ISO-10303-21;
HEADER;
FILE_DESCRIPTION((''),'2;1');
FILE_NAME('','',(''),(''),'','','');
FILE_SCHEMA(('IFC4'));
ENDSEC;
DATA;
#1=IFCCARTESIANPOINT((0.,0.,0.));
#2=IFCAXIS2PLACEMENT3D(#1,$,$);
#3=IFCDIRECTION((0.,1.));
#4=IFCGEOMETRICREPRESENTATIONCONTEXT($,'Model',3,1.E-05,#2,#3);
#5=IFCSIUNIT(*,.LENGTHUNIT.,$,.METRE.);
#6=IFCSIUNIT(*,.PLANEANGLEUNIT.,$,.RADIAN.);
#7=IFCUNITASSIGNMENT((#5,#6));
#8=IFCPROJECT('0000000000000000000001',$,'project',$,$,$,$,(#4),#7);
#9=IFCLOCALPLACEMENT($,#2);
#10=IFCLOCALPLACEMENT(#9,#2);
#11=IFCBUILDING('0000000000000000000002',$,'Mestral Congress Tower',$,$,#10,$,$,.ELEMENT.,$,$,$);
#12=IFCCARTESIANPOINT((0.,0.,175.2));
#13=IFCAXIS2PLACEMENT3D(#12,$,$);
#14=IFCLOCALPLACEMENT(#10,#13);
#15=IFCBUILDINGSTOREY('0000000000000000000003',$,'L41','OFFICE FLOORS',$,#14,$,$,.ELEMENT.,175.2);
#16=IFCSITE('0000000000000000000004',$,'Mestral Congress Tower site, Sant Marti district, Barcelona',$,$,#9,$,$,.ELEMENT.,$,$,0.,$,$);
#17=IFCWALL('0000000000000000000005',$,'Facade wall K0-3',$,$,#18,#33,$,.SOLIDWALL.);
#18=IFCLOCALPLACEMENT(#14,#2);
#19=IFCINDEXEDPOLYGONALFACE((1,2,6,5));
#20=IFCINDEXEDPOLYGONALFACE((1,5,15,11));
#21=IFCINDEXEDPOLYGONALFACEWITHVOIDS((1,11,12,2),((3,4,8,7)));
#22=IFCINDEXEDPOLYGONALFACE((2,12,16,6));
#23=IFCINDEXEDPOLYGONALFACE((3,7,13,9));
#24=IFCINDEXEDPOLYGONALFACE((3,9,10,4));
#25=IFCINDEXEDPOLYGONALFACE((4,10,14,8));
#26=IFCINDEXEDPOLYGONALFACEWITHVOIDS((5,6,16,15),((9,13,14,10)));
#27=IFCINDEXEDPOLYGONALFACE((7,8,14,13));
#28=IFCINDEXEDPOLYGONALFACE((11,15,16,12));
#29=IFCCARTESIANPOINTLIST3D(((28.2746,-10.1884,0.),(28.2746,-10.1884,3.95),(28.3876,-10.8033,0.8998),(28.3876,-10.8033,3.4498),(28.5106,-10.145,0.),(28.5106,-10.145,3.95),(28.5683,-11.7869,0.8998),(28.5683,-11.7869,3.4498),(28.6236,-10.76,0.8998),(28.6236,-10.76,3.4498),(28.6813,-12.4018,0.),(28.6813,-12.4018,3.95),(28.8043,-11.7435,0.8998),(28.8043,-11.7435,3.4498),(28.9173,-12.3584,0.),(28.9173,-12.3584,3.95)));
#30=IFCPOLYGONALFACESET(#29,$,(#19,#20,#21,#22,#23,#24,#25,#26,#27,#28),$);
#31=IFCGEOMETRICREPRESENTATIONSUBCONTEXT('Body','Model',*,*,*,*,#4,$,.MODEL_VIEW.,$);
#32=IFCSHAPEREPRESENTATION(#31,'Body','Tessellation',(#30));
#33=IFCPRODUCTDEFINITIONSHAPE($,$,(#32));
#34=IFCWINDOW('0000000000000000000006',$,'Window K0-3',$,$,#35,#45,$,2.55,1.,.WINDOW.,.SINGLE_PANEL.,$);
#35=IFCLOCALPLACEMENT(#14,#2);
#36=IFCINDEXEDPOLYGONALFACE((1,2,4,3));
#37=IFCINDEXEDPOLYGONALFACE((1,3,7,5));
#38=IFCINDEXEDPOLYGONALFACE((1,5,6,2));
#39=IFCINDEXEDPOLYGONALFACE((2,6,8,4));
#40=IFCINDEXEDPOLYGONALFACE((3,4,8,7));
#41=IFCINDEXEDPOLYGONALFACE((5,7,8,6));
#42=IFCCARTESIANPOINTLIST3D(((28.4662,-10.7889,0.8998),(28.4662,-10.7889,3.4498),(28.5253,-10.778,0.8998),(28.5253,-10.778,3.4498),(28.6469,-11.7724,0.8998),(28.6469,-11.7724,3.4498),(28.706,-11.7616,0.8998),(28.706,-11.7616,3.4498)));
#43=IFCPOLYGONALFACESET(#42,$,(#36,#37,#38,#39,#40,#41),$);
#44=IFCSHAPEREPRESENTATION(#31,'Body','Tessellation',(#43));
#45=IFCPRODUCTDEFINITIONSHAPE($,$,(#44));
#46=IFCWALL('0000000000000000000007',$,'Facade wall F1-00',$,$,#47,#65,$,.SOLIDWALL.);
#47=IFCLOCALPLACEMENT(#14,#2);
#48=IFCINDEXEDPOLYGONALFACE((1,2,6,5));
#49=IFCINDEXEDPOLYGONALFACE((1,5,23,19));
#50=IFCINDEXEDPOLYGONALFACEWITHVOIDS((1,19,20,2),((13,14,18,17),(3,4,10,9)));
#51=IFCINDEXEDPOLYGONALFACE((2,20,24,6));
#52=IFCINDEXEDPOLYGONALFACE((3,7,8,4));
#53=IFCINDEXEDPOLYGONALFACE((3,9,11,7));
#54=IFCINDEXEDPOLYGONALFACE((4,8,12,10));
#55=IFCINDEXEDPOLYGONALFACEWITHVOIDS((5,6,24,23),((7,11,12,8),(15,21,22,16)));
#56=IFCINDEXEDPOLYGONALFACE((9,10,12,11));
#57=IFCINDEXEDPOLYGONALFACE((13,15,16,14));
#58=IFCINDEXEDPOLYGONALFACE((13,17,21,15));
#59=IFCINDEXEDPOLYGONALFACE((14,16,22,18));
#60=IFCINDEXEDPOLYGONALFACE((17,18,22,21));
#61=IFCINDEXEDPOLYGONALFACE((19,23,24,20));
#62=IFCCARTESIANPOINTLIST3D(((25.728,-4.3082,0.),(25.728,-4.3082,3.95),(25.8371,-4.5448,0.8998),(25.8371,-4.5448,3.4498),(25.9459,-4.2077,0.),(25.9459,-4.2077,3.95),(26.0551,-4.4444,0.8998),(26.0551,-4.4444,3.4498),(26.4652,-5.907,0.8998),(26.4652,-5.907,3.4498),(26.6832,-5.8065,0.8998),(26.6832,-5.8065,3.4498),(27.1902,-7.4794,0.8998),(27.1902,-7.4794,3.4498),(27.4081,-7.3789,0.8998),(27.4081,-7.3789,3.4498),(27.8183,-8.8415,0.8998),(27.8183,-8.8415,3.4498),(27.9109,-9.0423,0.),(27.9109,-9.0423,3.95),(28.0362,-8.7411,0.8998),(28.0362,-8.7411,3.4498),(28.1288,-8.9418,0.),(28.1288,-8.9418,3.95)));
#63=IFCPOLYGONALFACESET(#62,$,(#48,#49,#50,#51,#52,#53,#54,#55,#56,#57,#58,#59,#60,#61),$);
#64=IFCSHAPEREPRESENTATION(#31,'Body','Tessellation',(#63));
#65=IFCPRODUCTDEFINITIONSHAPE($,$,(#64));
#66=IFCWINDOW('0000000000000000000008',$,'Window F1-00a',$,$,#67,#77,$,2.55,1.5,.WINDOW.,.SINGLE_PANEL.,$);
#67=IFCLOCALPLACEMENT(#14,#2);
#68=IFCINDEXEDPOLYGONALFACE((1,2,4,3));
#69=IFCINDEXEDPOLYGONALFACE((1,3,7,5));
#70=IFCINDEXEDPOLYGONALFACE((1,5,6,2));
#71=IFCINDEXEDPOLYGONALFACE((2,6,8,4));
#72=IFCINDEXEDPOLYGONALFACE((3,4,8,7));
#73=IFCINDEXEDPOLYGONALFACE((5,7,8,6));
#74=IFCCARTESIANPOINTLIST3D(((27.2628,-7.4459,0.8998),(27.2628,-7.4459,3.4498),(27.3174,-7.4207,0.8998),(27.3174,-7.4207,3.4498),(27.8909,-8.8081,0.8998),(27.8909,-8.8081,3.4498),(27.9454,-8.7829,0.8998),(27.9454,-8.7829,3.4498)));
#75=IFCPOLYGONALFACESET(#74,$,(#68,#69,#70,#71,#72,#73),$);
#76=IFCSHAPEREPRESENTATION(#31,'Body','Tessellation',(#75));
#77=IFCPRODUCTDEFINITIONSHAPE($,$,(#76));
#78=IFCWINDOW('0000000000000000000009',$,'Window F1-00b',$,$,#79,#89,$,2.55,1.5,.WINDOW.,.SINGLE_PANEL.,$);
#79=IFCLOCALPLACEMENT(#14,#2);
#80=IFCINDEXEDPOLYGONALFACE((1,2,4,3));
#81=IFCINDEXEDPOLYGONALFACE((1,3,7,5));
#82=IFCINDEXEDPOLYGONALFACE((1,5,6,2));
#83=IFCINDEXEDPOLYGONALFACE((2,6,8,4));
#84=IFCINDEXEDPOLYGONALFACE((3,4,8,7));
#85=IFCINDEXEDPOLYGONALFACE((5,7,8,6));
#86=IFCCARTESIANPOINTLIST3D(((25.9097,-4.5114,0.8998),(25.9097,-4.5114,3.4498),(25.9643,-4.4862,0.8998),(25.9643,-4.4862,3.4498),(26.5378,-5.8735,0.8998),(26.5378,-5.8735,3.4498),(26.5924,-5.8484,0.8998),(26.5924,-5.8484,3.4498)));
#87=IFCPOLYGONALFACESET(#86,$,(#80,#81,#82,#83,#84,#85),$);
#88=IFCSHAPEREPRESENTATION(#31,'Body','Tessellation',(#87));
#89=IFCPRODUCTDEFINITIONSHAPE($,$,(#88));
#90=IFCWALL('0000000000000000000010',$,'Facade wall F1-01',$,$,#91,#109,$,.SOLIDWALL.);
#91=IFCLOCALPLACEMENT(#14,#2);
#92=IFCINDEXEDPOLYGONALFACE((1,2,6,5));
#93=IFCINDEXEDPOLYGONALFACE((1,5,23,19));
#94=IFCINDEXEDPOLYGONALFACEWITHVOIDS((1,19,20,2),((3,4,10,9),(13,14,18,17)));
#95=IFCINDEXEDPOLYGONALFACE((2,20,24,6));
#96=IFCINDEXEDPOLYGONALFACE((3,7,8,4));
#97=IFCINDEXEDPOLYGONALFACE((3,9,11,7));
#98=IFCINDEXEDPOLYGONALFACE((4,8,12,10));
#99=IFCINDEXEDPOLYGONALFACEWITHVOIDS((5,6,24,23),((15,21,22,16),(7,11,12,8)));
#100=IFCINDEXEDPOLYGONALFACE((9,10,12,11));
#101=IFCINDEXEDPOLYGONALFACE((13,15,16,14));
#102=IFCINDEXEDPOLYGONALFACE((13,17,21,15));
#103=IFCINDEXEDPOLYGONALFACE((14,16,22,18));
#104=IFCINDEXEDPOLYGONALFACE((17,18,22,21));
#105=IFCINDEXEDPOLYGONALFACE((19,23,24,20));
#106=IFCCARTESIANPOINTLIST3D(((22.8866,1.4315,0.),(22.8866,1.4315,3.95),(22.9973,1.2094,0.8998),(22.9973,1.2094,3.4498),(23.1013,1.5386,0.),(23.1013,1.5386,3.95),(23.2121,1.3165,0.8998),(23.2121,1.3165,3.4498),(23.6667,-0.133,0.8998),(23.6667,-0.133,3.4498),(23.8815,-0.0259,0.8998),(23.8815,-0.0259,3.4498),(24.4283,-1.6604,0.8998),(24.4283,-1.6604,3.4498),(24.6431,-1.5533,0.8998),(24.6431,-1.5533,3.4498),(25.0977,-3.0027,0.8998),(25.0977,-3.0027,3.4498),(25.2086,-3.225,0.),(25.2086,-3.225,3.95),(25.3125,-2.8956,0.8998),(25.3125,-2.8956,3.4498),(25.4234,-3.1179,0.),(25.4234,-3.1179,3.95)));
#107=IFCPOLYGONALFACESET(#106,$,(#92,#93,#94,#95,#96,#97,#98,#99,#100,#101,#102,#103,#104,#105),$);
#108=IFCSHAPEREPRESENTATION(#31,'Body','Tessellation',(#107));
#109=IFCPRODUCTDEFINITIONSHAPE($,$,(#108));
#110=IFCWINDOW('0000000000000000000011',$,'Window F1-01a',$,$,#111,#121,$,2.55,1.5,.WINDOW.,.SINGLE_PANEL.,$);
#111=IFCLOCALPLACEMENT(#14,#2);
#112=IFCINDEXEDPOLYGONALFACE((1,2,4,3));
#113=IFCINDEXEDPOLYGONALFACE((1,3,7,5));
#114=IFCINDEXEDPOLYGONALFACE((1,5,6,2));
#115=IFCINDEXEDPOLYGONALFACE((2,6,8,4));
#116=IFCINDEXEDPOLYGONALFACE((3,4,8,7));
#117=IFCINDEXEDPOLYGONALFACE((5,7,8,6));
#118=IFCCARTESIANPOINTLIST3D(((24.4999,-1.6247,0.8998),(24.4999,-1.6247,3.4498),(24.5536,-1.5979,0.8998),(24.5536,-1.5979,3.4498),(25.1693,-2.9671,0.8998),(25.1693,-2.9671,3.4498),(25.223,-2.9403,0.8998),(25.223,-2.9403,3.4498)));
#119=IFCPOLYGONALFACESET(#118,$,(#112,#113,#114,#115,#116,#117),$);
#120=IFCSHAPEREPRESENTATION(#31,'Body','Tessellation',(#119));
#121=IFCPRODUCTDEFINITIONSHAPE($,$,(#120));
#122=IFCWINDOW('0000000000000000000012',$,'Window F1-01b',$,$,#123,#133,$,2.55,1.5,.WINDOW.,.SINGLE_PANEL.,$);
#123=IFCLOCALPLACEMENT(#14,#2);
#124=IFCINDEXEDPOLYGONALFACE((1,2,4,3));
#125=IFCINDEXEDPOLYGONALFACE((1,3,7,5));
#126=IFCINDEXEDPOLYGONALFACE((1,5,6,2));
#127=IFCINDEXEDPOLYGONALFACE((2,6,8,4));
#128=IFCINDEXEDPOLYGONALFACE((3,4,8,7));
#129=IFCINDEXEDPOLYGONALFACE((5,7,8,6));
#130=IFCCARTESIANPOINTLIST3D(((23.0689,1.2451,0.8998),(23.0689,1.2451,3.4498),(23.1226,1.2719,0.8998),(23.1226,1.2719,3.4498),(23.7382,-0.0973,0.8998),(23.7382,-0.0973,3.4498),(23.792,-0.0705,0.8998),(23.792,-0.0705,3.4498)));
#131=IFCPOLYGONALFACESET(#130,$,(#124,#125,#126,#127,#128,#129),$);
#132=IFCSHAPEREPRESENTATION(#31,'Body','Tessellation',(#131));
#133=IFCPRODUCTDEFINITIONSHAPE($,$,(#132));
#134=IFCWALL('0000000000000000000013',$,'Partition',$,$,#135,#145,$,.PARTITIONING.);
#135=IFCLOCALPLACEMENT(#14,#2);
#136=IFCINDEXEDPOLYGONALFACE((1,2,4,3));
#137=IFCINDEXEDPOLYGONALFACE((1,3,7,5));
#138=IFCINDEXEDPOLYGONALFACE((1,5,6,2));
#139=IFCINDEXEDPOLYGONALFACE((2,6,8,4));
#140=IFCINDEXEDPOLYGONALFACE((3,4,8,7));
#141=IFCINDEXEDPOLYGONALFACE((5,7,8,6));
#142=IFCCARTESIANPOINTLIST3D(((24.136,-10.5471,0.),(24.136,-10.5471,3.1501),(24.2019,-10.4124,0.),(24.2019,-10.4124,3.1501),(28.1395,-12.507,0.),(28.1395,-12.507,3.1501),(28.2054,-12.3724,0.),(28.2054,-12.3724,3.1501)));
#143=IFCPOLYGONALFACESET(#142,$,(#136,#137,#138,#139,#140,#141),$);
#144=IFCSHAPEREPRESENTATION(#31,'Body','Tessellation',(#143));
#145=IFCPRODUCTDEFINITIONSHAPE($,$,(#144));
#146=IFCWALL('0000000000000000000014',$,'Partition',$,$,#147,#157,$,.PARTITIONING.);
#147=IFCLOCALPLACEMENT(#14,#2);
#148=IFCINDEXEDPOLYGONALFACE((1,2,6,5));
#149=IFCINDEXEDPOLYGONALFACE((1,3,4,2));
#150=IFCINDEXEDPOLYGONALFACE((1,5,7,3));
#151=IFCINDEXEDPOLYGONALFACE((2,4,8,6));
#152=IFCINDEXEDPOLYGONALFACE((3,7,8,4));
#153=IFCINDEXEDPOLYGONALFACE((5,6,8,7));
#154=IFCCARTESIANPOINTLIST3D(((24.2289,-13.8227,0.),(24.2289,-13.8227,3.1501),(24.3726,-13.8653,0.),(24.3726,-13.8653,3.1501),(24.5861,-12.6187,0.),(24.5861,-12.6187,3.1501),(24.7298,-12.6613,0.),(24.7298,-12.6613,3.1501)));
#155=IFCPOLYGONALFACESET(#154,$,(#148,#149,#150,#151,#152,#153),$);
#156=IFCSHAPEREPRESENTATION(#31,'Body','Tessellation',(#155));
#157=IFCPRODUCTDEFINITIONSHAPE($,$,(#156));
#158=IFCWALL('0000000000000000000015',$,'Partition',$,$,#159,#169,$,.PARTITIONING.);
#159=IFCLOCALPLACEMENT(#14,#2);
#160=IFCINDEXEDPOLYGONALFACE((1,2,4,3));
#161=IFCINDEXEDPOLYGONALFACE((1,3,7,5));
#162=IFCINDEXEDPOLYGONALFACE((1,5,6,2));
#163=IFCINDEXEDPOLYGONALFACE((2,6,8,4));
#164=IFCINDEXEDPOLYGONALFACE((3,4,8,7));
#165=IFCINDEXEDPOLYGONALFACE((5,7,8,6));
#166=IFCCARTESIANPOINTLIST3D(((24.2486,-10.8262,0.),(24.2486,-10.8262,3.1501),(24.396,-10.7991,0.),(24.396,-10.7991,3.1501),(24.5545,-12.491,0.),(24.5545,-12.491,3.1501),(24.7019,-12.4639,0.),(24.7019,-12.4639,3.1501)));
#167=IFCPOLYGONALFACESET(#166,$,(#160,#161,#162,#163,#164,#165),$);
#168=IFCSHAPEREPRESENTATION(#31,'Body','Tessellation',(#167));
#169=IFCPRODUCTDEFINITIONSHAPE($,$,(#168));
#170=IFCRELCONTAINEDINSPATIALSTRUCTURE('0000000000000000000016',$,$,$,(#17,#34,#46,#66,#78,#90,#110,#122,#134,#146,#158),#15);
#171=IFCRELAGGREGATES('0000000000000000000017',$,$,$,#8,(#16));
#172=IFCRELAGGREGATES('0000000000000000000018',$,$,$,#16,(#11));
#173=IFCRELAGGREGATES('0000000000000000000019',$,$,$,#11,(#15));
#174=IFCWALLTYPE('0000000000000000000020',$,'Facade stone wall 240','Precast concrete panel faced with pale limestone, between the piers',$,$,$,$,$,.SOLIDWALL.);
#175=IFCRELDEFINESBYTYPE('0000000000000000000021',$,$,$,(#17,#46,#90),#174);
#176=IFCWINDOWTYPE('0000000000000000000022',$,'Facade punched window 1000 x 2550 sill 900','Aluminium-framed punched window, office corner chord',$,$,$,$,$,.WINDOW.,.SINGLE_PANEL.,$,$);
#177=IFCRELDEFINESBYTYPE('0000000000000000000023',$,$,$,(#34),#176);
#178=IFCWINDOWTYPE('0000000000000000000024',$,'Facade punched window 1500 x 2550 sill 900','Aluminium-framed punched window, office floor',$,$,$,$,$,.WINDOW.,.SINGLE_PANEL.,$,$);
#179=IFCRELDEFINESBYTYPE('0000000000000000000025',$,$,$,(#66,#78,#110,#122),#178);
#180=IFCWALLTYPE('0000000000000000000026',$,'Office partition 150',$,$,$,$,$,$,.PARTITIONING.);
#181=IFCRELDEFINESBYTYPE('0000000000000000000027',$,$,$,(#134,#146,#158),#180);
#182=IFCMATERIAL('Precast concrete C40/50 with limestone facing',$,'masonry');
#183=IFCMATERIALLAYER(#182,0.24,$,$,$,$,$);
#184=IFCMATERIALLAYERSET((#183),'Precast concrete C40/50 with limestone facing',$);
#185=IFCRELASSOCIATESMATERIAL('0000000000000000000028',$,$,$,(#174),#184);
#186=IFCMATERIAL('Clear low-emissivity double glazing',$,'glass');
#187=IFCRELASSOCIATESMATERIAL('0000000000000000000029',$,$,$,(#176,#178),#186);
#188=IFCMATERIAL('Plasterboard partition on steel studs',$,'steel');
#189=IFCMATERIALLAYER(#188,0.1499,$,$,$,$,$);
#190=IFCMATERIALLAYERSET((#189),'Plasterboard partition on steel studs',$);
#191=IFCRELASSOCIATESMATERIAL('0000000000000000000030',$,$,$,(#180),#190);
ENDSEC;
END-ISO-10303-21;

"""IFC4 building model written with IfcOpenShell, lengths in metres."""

from ifc_helpers import new_model, si_unit, direction, frame, frame_2d, origin, place, context, subcontext, project, spatial, rectangle, extrude, material, layer, layer_set, type_object, element, fill, save


model = new_model("IFC4")

# Units and contexts
model_context = context("Model", 3, precision=1e-05, world=origin(), true_north=direction((0.0, 1.0)))
body_context = subcontext(model_context, "Body", "Model", "MODEL_VIEW")
ifc_project = project(units=[si_unit("LENGTHUNIT", "METRE"), si_unit("PLANEANGLEUNIT", "RADIAN")], contexts=[model_context])

# Site, building, storey
site_placement = place(None, origin())
site = spatial("IfcSite", under=ifc_project, at=site_placement, Name="Mestral Congress Tower site, Sant Marti district, Barcelona", CompositionType="ELEMENT", RefElevation=0.0)
building_placement = place(site_placement, origin())
building = spatial("IfcBuilding", under=site, at=building_placement, Name="Mestral Congress Tower", CompositionType="ELEMENT")
storey_placement = place(building_placement, frame((0.0, 0.0, 175.2)))
storey = spatial("IfcBuildingStorey", under=building, at=storey_placement, Name="L41", Description="OFFICE FLOORS", CompositionType="ELEMENT", Elevation=175.2)

# Wall, opening, window
ifc_material_1 = material(Name="Precast concrete C40/50 with limestone facing", Category="masonry")
ifc_layer_1 = layer(ifc_material_1, 0.24)
ifc_layer_set_1 = layer_set([ifc_layer_1], Name="Precast concrete C40/50 with limestone facing")
wall_type_1 = type_object("IfcWallType", Name="Facade stone wall 240", Description="Precast concrete panel faced with pale limestone, between the piers", PredefinedType="SOLIDWALL", material=ifc_layer_set_1)
wall_1_placement = place(storey_placement, frame((28.7993, -12.3801, 0.0), z_axis=(0.0, 0.0, 1.0), x_axis=(-0.180737, 0.983531, 0.0)))
wall_1 = element("IfcWall", 1, at=wall_1_placement, inside=storey, type_object=wall_type_1, Name="Facade wall K0-3", PredefinedType="SOLIDWALL", context=body_context, shape_type="SweptSolid", body=[
    extrude(rectangle(XDim=2.2505, YDim=0.24, at=frame_2d((1.1252, 0.0))), origin(), (0.0, 0.0, 1.0), 3.95),
])
opening_1_placement = place(wall_1_placement, frame((0.6252, 0.0, 0.8999)))
opening_1 = element("IfcOpeningElement", 2, at=opening_1_placement, cuts=wall_1, PredefinedType="OPENING", context=body_context, shape_type="SweptSolid", body=[
    extrude(rectangle(XDim=1.0, YDim=2.55, at=frame_2d((0.5, 1.2749))), frame((0.0, 0.1299, 0.0), z_axis=(0.0, -1.0, 0.0), x_axis=(1.0, 0.0, 0.0)), (0.0, 0.0, 1.0), 0.26),
])
ifc_material_2 = material(Name="Clear low-emissivity double glazing", Category="glass")
window_type_1 = type_object("IfcWindowType", Name="Facade punched window 1000 x 2550 sill 900", Description="Aluminium-framed punched window, office corner chord", PartitioningType="SINGLE_PANEL", PredefinedType="WINDOW", material=ifc_material_2)
window_1_placement = place(opening_1_placement, origin())
window_1 = element("IfcWindow", 3, at=window_1_placement, inside=storey, type_object=window_type_1, Name="Window K0-3", OverallHeight=2.55, OverallWidth=1.0, PartitioningType="SINGLE_PANEL", PredefinedType="WINDOW", context=body_context, shape_type="SweptSolid", body=[
    extrude(rectangle(XDim=1.0, YDim=2.55, at=frame_2d((0.5, 1.2749))), frame((0.0, 0.04, 0.0), z_axis=(0.0, -1.0, 0.0), x_axis=(1.0, 0.0, 0.0)), (0.0, 0.0, 1.0), 0.0601),
])
fill(opening_1, window_1)

# Walls, openings, windows
wall_2_placement = place(storey_placement, frame((28.0198, -8.9919, 0.0), z_axis=(0.0, 0.0, 1.0), x_axis=(-0.418723, 0.908114, 0.0)))
wall_2 = element("IfcWall", 4, at=wall_2_placement, inside=storey, type_object=wall_type_1, Name="Facade wall F1-00", PredefinedType="SOLIDWALL", context=body_context, shape_type="SweptSolid", body=[
    extrude(rectangle(XDim=5.2131, YDim=0.24, at=frame_2d((2.6064, 0.0))), origin(), (0.0, 0.0, 1.0), 3.95),
])
opening_2_placement = place(wall_2_placement, frame((0.2209, 0.0, 0.8999)))
opening_2 = element("IfcOpeningElement", 5, at=opening_2_placement, cuts=wall_2, PredefinedType="OPENING", context=body_context, shape_type="SweptSolid", body=[
    extrude(rectangle(XDim=1.5, YDim=2.55, at=frame_2d((0.75, 1.2749))), frame((0.0, 0.1299, 0.0), z_axis=(0.0, -1.0, 0.0), x_axis=(1.0, 0.0, 0.0)), (0.0, 0.0, 1.0), 0.26),
])
opening_3_placement = place(wall_2_placement, frame((3.4524, 0.0, 0.8999)))
opening_3 = element("IfcOpeningElement", 6, at=opening_3_placement, cuts=wall_2, PredefinedType="OPENING", context=body_context, shape_type="SweptSolid", body=[
    extrude(rectangle(XDim=1.5, YDim=2.55, at=frame_2d((0.75, 1.2749))), frame((0.0, 0.1299, 0.0), z_axis=(0.0, -1.0, 0.0), x_axis=(1.0, 0.0, 0.0)), (0.0, 0.0, 1.0), 0.26),
])
window_type_2 = type_object("IfcWindowType", Name="Facade punched window 1500 x 2550 sill 900", Description="Aluminium-framed punched window, office floor", PartitioningType="SINGLE_PANEL", PredefinedType="WINDOW", material=ifc_material_2)
window_2_placement = place(opening_2_placement, origin())
window_2 = element("IfcWindow", 7, at=window_2_placement, inside=storey, type_object=window_type_2, Name="Window F1-00a", OverallHeight=2.55, OverallWidth=1.5, PartitioningType="SINGLE_PANEL", PredefinedType="WINDOW", context=body_context, shape_type="SweptSolid", body=[
    extrude(rectangle(XDim=1.5, YDim=2.55, at=frame_2d((0.75, 1.2749))), frame((0.0, 0.04, 0.0), z_axis=(0.0, -1.0, 0.0), x_axis=(1.0, 0.0, 0.0)), (0.0, 0.0, 1.0), 0.0601),
])
fill(opening_2, window_2)
window_3_placement = place(opening_3_placement, origin())
window_3 = element("IfcWindow", 8, at=window_3_placement, inside=storey, type_object=window_type_2, Name="Window F1-00b", OverallHeight=2.55, OverallWidth=1.5, PartitioningType="SINGLE_PANEL", PredefinedType="WINDOW", context=body_context, shape_type="SweptSolid", body=[
    extrude(rectangle(XDim=1.5, YDim=2.55, at=frame_2d((0.75, 1.2749))), frame((0.0, 0.04, 0.0), z_axis=(0.0, -1.0, 0.0), x_axis=(1.0, 0.0, 0.0)), (0.0, 0.0, 1.0), 0.0601),
])
fill(opening_3, window_3)
wall_3_placement = place(storey_placement, frame((25.3159, -3.1714, 0.0), z_axis=(0.0, 0.0, 1.0), x_axis=(-0.446256, 0.894905, 0.0)))
wall_3 = element("IfcWall", 9, at=wall_3_placement, inside=storey, type_object=wall_type_1, Name="Facade wall F1-01", PredefinedType="SOLIDWALL", context=body_context, shape_type="SweptSolid", body=[
    extrude(rectangle(XDim=5.2034, YDim=0.24, at=frame_2d((2.6016, 0.0))), origin(), (0.0, 0.0, 1.0), 3.95),
])
opening_4_placement = place(wall_3_placement, frame((0.2483, 0.0, 0.8999)))
opening_4 = element("IfcOpeningElement", 10, at=opening_4_placement, cuts=wall_3, PredefinedType="OPENING", context=body_context, shape_type="SweptSolid", body=[
    extrude(rectangle(XDim=1.5, YDim=2.55, at=frame_2d((0.75, 1.2749))), frame((0.0, 0.1299, 0.0), z_axis=(0.0, -1.0, 0.0), x_axis=(1.0, 0.0, 0.0)), (0.0, 0.0, 1.0), 0.26),
])
opening_5_placement = place(wall_3_placement, frame((3.4551, 0.0, 0.8999)))
opening_5 = element("IfcOpeningElement", 11, at=opening_5_placement, cuts=wall_3, PredefinedType="OPENING", context=body_context, shape_type="SweptSolid", body=[
    extrude(rectangle(XDim=1.5, YDim=2.55, at=frame_2d((0.75, 1.2749))), frame((0.0, 0.1299, 0.0), z_axis=(0.0, -1.0, 0.0), x_axis=(1.0, 0.0, 0.0)), (0.0, 0.0, 1.0), 0.26),
])
window_4_placement = place(opening_4_placement, origin())
window_4 = element("IfcWindow", 12, at=window_4_placement, inside=storey, type_object=window_type_2, Name="Window F1-01a", OverallHeight=2.55, OverallWidth=1.5, PartitioningType="SINGLE_PANEL", PredefinedType="WINDOW", context=body_context, shape_type="SweptSolid", body=[
    extrude(rectangle(XDim=1.5, YDim=2.55, at=frame_2d((0.75, 1.2749))), frame((0.0, 0.04, 0.0), z_axis=(0.0, -1.0, 0.0), x_axis=(1.0, 0.0, 0.0)), (0.0, 0.0, 1.0), 0.0601),
])
fill(opening_4, window_4)
window_5_placement = place(opening_5_placement, origin())
window_5 = element("IfcWindow", 13, at=window_5_placement, inside=storey, type_object=window_type_2, Name="Window F1-01b", OverallHeight=2.55, OverallWidth=1.5, PartitioningType="SINGLE_PANEL", PredefinedType="WINDOW", context=body_context, shape_type="SweptSolid", body=[
    extrude(rectangle(XDim=1.5, YDim=2.55, at=frame_2d((0.75, 1.2749))), frame((0.0, 0.04, 0.0), z_axis=(0.0, -1.0, 0.0), x_axis=(1.0, 0.0, 0.0)), (0.0, 0.0, 1.0), 0.0601),
])
fill(opening_5, window_5)

# Walls
ifc_material_3 = material(Name="Plasterboard partition on steel studs", Category="steel")
ifc_layer_2 = layer(ifc_material_3, 0.1499)
ifc_layer_set_2 = layer_set([ifc_layer_2], Name="Plasterboard partition on steel studs")
wall_type_2 = type_object("IfcWallType", Name="Office partition 150", PredefinedType="PARTITIONING", material=ifc_layer_set_2)
wall_4_placement = place(storey_placement, frame((24.1689, -10.4797, 0.0), z_axis=(0.0, 0.0, 1.0), x_axis=(0.898142, -0.439705, 0.0)))
element("IfcWall", 14, at=wall_4_placement, inside=storey, type_object=wall_type_2, Name="Partition", PredefinedType="PARTITIONING", context=body_context, shape_type="SweptSolid", body=[
    extrude(rectangle(XDim=4.4575, YDim=0.1499, at=frame_2d((2.2288, 0.0))), origin(), (0.0, 0.0, 1.0), 3.1501),
])
wall_5_placement = place(storey_placement, frame((24.3008, -13.844, 0.0), z_axis=(0.0, 0.0, 1.0), x_axis=(0.284386, 0.95871, 0.0)))
element("IfcWall", 15, at=wall_5_placement, inside=storey, type_object=wall_type_2, Name="Partition", PredefinedType="PARTITIONING", context=body_context, shape_type="SweptSolid", body=[
    extrude(rectangle(XDim=1.2559, YDim=0.1499, at=frame_2d((0.6279, 0.0))), origin(), (0.0, 0.0, 1.0), 3.1501),
])
wall_6_placement = place(storey_placement, frame((24.6282, -12.4773, 0.0), z_axis=(0.0, 0.0, 1.0), x_axis=(-0.180726, 0.983534, 0.0)))
element("IfcWall", 16, at=wall_6_placement, inside=storey, type_object=wall_type_2, Name="Partition", PredefinedType="PARTITIONING", context=body_context, shape_type="SweptSolid", body=[
    extrude(rectangle(XDim=1.6926, YDim=0.1499, at=frame_2d((0.8462, 0.0))), origin(), (0.0, 0.0, 1.0), 3.1501),
])

save(model, "model.ifc")
